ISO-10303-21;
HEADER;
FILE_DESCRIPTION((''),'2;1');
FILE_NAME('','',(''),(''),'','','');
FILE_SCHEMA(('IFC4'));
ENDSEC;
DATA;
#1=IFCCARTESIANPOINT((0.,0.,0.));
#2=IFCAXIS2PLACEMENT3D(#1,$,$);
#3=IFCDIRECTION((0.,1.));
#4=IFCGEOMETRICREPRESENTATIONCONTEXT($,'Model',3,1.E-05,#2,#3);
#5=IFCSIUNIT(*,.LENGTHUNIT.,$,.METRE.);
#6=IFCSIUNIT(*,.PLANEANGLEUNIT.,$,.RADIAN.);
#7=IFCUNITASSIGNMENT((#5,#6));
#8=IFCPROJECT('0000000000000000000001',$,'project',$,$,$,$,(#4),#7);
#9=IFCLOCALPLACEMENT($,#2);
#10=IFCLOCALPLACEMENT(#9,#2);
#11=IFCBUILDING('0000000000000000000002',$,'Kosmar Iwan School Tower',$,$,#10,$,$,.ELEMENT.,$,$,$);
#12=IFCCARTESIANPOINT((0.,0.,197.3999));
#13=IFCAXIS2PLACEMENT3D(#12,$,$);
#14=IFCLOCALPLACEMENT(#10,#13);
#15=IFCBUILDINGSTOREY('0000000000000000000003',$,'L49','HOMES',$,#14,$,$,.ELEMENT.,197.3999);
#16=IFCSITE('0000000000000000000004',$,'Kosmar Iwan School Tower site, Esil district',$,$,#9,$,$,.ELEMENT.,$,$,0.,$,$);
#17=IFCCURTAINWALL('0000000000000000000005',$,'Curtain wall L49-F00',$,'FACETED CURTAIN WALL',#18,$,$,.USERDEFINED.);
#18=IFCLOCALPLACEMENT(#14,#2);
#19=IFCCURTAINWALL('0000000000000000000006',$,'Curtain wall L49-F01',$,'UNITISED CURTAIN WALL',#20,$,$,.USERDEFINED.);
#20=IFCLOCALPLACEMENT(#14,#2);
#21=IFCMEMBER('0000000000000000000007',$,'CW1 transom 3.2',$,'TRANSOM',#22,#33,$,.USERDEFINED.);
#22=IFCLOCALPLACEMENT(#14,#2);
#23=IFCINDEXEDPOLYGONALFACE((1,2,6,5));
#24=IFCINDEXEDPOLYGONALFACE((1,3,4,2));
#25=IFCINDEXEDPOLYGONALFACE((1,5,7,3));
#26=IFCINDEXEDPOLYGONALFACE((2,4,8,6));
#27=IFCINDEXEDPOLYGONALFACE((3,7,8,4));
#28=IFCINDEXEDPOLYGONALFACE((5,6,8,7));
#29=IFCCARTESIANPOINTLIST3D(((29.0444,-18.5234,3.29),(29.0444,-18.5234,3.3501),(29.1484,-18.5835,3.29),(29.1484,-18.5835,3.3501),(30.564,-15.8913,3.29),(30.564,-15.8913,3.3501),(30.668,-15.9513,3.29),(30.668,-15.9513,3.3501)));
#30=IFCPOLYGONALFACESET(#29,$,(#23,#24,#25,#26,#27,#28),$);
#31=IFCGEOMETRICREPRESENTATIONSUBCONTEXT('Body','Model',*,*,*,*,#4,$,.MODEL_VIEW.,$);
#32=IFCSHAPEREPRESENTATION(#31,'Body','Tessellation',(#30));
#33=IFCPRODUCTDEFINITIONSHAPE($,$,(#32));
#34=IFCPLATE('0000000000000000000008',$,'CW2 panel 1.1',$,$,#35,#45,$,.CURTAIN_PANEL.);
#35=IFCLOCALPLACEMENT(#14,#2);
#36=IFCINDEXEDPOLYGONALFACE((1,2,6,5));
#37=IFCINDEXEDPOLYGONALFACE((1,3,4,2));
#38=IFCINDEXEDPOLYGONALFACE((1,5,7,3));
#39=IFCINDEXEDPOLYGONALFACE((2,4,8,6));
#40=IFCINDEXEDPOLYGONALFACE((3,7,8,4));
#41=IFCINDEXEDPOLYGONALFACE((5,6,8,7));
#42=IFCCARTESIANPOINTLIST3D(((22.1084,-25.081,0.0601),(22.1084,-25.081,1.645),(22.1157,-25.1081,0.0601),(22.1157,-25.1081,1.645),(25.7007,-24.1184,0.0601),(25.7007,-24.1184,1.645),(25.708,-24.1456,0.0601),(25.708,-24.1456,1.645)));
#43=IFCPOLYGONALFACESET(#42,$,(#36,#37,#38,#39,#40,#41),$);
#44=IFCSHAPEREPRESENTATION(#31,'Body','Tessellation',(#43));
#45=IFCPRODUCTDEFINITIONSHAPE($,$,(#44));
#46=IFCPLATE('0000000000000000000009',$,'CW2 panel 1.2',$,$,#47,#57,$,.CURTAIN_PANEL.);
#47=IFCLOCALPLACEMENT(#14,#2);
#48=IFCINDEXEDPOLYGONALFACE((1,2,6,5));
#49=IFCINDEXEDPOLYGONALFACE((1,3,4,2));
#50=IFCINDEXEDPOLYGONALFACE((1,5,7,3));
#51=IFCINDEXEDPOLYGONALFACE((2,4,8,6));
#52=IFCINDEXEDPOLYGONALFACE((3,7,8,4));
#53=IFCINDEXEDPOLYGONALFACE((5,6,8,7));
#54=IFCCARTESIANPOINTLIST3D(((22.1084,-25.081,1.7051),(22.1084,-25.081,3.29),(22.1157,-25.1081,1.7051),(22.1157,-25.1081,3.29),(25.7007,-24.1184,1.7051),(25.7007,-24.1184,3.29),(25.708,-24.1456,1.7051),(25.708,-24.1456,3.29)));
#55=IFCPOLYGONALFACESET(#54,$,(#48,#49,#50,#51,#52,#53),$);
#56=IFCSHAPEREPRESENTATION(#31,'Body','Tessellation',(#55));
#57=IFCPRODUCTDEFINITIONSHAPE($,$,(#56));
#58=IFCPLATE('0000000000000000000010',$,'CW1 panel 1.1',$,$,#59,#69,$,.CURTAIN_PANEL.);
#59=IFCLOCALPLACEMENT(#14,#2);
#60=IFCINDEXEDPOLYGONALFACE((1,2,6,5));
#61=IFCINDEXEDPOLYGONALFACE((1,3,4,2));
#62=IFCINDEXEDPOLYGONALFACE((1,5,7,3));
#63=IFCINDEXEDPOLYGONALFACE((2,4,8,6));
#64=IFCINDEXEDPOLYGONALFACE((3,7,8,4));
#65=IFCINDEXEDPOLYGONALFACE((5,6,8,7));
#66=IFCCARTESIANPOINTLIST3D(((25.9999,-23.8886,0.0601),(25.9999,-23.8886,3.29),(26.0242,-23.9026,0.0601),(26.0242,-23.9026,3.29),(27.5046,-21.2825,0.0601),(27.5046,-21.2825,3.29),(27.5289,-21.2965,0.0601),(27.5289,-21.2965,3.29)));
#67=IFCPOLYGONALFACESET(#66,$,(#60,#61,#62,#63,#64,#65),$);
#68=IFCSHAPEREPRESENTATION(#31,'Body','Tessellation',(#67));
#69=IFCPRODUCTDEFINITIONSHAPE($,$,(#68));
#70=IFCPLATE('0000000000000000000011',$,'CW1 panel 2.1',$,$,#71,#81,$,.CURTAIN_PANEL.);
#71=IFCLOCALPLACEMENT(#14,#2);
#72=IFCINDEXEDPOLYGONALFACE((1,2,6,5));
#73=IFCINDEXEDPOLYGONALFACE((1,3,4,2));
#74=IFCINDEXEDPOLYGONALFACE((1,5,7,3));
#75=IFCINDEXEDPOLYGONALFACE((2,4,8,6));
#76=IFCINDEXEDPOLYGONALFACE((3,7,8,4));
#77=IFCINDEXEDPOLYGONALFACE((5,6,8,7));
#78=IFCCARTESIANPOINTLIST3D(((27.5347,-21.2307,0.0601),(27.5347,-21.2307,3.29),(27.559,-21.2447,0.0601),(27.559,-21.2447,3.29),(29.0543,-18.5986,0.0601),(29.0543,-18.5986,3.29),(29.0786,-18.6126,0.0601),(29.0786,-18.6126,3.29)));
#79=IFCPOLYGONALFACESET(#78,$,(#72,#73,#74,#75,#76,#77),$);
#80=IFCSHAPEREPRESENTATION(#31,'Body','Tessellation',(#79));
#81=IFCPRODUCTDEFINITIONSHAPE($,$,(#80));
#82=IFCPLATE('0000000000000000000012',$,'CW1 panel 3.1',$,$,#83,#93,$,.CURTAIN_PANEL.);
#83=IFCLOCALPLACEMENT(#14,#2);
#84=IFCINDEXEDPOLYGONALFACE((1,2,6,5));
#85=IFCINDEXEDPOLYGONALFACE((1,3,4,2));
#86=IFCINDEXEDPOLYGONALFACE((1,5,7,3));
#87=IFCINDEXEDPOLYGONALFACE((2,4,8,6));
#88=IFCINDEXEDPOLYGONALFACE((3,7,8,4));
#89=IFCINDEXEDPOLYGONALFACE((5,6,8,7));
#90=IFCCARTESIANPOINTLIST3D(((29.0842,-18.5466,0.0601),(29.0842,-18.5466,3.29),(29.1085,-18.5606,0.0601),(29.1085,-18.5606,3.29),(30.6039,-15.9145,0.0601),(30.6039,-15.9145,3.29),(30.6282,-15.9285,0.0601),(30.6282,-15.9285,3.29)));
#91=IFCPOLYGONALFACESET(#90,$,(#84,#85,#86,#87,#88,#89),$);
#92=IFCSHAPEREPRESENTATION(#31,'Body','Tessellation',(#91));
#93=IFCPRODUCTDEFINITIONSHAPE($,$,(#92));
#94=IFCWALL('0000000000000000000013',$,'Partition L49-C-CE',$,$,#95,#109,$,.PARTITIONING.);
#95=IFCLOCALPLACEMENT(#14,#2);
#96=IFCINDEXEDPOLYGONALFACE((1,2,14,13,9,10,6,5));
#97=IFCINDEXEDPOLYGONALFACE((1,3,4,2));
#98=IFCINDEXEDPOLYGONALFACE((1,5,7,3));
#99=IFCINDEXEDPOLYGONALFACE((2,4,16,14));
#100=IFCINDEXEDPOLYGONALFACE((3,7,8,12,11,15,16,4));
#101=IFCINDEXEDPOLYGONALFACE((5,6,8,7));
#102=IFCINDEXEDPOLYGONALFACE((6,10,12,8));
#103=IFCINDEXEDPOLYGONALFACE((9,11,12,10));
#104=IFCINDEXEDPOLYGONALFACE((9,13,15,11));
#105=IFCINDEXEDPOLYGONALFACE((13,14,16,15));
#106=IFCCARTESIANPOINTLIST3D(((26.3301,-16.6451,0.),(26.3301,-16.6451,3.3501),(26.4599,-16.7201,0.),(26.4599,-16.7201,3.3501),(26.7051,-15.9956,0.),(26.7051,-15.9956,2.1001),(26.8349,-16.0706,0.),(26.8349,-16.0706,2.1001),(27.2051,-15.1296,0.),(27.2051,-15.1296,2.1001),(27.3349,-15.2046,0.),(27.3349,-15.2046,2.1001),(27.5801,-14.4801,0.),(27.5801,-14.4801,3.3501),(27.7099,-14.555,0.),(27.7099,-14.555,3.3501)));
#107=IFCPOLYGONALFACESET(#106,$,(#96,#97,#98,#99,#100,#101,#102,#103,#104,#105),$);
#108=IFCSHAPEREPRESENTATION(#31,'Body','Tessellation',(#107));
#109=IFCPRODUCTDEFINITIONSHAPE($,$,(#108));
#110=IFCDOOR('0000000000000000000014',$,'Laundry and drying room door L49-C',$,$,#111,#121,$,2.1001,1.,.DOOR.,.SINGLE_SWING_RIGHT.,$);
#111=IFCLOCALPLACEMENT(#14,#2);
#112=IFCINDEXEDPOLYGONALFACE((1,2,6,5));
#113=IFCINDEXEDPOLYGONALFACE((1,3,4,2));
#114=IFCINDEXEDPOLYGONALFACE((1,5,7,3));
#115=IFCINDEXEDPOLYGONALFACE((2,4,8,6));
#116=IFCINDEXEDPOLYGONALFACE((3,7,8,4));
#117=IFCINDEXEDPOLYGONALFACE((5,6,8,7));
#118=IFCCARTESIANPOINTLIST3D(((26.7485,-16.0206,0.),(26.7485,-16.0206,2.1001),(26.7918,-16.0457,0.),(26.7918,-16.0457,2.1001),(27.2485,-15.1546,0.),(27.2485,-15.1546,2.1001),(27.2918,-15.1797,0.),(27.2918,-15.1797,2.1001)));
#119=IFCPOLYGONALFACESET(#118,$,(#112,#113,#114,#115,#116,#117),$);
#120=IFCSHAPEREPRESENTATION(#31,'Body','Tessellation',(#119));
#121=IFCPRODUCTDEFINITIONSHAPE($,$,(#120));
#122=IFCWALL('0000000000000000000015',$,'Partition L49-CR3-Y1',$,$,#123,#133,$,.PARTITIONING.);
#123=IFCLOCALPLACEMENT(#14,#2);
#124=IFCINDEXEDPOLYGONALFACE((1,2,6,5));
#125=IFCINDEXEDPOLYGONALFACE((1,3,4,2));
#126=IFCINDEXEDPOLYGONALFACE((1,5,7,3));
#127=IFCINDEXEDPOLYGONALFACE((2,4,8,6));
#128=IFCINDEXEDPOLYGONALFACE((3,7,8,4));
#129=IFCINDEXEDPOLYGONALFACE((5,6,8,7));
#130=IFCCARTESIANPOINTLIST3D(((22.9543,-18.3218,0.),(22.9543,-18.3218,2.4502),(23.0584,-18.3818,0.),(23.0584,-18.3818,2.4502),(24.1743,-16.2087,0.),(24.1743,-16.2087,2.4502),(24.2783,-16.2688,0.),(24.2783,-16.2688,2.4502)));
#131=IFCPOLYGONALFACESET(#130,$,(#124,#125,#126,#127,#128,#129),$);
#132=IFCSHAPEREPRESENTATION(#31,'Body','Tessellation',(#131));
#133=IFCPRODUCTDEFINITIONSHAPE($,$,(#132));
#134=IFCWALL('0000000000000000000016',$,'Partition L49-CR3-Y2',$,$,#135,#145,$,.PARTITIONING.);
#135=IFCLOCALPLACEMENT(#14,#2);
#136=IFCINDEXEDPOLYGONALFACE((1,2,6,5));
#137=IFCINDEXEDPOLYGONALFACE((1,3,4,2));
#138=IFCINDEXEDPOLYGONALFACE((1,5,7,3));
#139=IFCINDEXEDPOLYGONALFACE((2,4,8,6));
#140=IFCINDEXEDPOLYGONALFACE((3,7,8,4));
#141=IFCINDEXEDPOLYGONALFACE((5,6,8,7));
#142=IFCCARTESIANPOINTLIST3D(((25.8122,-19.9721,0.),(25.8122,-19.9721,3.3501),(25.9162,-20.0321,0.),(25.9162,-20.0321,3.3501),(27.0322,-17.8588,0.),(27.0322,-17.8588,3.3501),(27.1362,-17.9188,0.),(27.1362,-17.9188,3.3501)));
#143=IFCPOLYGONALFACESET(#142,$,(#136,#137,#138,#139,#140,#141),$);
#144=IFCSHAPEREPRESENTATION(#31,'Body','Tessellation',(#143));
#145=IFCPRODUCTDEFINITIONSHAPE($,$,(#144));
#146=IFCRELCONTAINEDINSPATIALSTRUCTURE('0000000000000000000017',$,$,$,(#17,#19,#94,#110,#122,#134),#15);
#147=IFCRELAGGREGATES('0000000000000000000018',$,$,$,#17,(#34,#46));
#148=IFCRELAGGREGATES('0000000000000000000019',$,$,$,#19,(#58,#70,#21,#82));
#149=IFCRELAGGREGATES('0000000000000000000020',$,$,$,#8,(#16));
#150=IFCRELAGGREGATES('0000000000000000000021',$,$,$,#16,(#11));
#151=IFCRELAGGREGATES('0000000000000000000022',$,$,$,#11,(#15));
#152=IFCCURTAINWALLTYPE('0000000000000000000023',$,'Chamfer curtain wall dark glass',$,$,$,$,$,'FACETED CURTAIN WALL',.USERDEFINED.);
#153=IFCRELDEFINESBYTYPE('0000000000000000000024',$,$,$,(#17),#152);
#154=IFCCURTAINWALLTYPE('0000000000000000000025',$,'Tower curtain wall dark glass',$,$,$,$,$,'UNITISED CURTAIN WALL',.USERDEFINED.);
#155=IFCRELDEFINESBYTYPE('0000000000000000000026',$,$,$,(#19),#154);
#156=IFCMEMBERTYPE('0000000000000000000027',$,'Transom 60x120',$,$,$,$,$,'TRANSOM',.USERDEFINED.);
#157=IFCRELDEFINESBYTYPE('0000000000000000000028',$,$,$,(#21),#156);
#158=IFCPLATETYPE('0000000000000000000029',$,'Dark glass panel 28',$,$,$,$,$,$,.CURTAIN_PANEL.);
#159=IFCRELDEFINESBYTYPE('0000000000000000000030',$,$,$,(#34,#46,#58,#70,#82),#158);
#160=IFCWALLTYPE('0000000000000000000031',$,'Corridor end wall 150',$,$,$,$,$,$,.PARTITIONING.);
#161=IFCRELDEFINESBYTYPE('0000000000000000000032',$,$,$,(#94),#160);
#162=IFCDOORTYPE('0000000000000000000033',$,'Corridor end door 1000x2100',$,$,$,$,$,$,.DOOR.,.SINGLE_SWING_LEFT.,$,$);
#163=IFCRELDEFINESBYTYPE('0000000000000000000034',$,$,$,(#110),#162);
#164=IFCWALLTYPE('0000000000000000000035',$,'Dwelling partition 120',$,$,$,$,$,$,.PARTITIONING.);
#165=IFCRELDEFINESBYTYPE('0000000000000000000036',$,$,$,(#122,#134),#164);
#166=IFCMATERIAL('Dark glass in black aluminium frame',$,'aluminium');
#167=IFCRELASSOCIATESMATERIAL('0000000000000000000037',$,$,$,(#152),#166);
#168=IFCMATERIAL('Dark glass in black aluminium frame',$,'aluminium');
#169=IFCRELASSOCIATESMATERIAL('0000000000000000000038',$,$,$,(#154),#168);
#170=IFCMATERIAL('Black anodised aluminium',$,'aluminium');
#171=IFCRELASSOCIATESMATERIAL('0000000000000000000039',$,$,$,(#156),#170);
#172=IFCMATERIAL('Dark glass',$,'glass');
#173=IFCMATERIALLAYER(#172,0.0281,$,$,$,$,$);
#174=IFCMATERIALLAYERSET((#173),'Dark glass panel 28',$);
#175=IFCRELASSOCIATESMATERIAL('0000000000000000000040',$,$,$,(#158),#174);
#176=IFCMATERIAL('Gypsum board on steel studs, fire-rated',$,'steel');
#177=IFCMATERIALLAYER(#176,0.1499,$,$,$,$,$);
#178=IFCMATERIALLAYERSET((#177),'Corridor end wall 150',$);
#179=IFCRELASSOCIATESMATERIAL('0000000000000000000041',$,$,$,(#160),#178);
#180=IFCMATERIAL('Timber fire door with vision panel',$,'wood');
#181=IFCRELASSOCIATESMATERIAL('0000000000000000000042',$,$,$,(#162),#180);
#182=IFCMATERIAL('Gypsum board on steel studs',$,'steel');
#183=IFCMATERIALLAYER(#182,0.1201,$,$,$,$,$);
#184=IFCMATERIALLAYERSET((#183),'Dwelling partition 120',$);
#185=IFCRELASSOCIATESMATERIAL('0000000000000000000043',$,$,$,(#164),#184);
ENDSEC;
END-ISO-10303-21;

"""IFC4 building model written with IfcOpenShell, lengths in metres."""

from ifc_helpers import new_model, si_unit, direction, frame, frame_2d, origin, origin_2d, place, context, subcontext, project, spatial, rectangle, extrude, material, layer, layer_set, material_profile, profile_set, type_object, element, fill, aggregate, save


model = new_model("IFC4")

# Units and contexts
model_context = context("Model", 3, precision=1e-05, world=origin(), true_north=direction((0.0, 1.0)))
body_context = subcontext(model_context, "Body", "Model", "MODEL_VIEW")
ifc_project = project(units=[si_unit("LENGTHUNIT", "METRE"), si_unit("PLANEANGLEUNIT", "RADIAN")], contexts=[model_context])

# Site, building, storey
site_placement = place(None, origin())
site = spatial("IfcSite", under=ifc_project, at=site_placement, Name="Kosmar Iwan School Tower site, Esil district", CompositionType="ELEMENT", RefElevation=0.0)
building_placement = place(site_placement, origin())
building = spatial("IfcBuilding", under=site, at=building_placement, Name="Kosmar Iwan School Tower", CompositionType="ELEMENT")
storey_placement = place(building_placement, frame((0.0, 0.0, 197.3999)))
storey = spatial("IfcBuildingStorey", under=building, at=storey_placement, Name="L49", Description="HOMES", CompositionType="ELEMENT", Elevation=197.3999)

# Curtain wall
ifc_material_1 = material(Name="Dark glass in black aluminium frame", Category="aluminium")
curtain_wall_type_1 = type_object("IfcCurtainWallType", Name="Chamfer curtain wall dark glass", ElementType="FACETED CURTAIN WALL", PredefinedType="USERDEFINED", material=ifc_material_1)
curtain_wall_1_placement = place(storey_placement, origin())
curtain_wall_1 = element("IfcCurtainWall", 1, at=curtain_wall_1_placement, inside=storey, type_object=curtain_wall_type_1, Name="Curtain wall L49-F00", ObjectType="FACETED CURTAIN WALL", PredefinedType="USERDEFINED")

# Curtain wall
ifc_material_2 = material(Name="Dark glass in black aluminium frame", Category="aluminium")
curtain_wall_type_2 = type_object("IfcCurtainWallType", Name="Tower curtain wall dark glass", ElementType="UNITISED CURTAIN WALL", PredefinedType="USERDEFINED", material=ifc_material_2)
curtain_wall_2_placement = place(storey_placement, origin())
curtain_wall_2 = element("IfcCurtainWall", 2, at=curtain_wall_2_placement, inside=storey, type_object=curtain_wall_type_2, Name="Curtain wall L49-F01", ObjectType="UNITISED CURTAIN WALL", PredefinedType="USERDEFINED")

# Member
ifc_material_3 = material(Name="Black anodised aluminium", Category="aluminium")
ifc_material_profile_1 = material_profile(ifc_material_3, rectangle(XDim=0.1201, YDim=0.0601, at=origin_2d()), Name="TRANSOM 60x120")
ifc_profile_set_1 = profile_set([ifc_material_profile_1], Name="Black anodised aluminium")
member_type_1 = type_object("IfcMemberType", Name="Transom 60x120", ElementType="TRANSOM", PredefinedType="USERDEFINED", material=ifc_profile_set_1)
member_1_placement = place(storey_placement, frame((29.0964, -18.5535, 3.3201), z_axis=(0.499975, 0.86604, 0.0), x_axis=(-0.86604, 0.499975, 0.0)))
member_1 = element("IfcMember", 3, at=member_1_placement, type_object=member_type_1, Name="CW1 transom 3.2", ObjectType="TRANSOM", PredefinedType="USERDEFINED", context=body_context, shape_type="SweptSolid", body=[
    extrude(rectangle(XDim=0.1201, YDim=0.0601, at=origin_2d()), origin(), (0.0, 0.0, 1.0), 3.0393),
])

# Plates
ifc_material_4 = material(Name="Dark glass", Category="glass")
ifc_layer_1 = layer(ifc_material_4, 0.0281)
ifc_layer_set_1 = layer_set([ifc_layer_1], Name="Dark glass panel 28")
plate_type = type_object("IfcPlateType", Name="Dark glass panel 28", PredefinedType="CURTAIN_PANEL", material=ifc_layer_set_1)
plate_1_placement = place(storey_placement, frame((23.9082, -24.6133, 0.0601), z_axis=(0.0, 0.0, 1.0), x_axis=(0.965926, 0.258819, 0.0)))
plate_1 = element("IfcPlate", 4, at=plate_1_placement, type_object=plate_type, Name="CW2 panel 1.1", PredefinedType="CURTAIN_PANEL", context=body_context, shape_type="SweptSolid", body=[
    extrude(rectangle(XDim=3.719, YDim=0.0281, at=origin_2d()), origin(), (0.0, 0.0, 1.0), 1.585),
])
plate_2_placement = place(storey_placement, frame((23.9082, -24.6133, 1.7051), z_axis=(0.0, 0.0, 1.0), x_axis=(0.965926, 0.258819, 0.0)))
plate_2 = element("IfcPlate", 5, at=plate_2_placement, type_object=plate_type, Name="CW2 panel 1.2", PredefinedType="CURTAIN_PANEL", context=body_context, shape_type="SweptSolid", body=[
    extrude(rectangle(XDim=3.719, YDim=0.0281, at=origin_2d()), origin(), (0.0, 0.0, 1.0), 1.585),
])
aggregate(curtain_wall_1, [plate_1, plate_2])
plate_3_placement = place(storey_placement, frame((26.7644, -22.5925, 0.0601), z_axis=(0.0, 0.0, 1.0), x_axis=(0.5, 0.866025, 0.0)))
plate_3 = element("IfcPlate", 6, at=plate_3_placement, type_object=plate_type, Name="CW1 panel 1.1", PredefinedType="CURTAIN_PANEL", context=body_context, shape_type="SweptSolid", body=[
    extrude(rectangle(XDim=3.0093, YDim=0.0281, at=origin_2d()), origin(), (0.0, 0.0, 1.0), 3.23),
])
plate_4_placement = place(storey_placement, frame((28.3066, -19.9216, 0.0601), z_axis=(0.0, 0.0, 1.0), x_axis=(0.5, 0.866025, 0.0)))
plate_4 = element("IfcPlate", 7, at=plate_4_placement, type_object=plate_type, Name="CW1 panel 2.1", PredefinedType="CURTAIN_PANEL", context=body_context, shape_type="SweptSolid", body=[
    extrude(rectangle(XDim=3.0393, YDim=0.0281, at=origin_2d()), origin(), (0.0, 0.0, 1.0), 3.23),
])
plate_5_placement = place(storey_placement, frame((29.8562, -17.2375, 0.0601), z_axis=(0.0, 0.0, 1.0), x_axis=(0.5, 0.866025, 0.0)))
plate_5 = element("IfcPlate", 8, at=plate_5_placement, type_object=plate_type, Name="CW1 panel 3.1", PredefinedType="CURTAIN_PANEL", context=body_context, shape_type="SweptSolid", body=[
    extrude(rectangle(XDim=3.0393, YDim=0.0281, at=origin_2d()), origin(), (0.0, 0.0, 1.0), 3.23),
])
aggregate(curtain_wall_2, [plate_3, plate_4, member_1, plate_5])

# Wall, opening, door
ifc_material_5 = material(Name="Gypsum board on steel studs, fire-rated", Category="steel")
ifc_layer_2 = layer(ifc_material_5, 0.1499)
ifc_layer_set_2 = layer_set([ifc_layer_2], Name="Corridor end wall 150")
wall_type_1 = type_object("IfcWallType", Name="Corridor end wall 150", PredefinedType="PARTITIONING", material=ifc_layer_set_2)
wall_1_placement = place(storey_placement, frame((26.395, -16.6826, 0.0), z_axis=(0.0, 0.0, 1.0), x_axis=(0.500004, 0.866023, 0.0)))
wall_1 = element("IfcWall", 9, at=wall_1_placement, inside=storey, type_object=wall_type_1, Name="Partition L49-C-CE", PredefinedType="PARTITIONING", context=body_context, shape_type="SweptSolid", body=[
    extrude(rectangle(XDim=2.5, YDim=0.1499, at=frame_2d((1.25, 0.0))), origin(), (0.0, 0.0, 1.0), 3.3501),
])
opening_placement = place(wall_1_placement, frame((0.75, 0.0, 0.0)))
opening = element("IfcOpeningElement", 10, at=opening_placement, cuts=wall_1, PredefinedType="OPENING", context=body_context, shape_type="SweptSolid", body=[
    extrude(rectangle(XDim=1.0, YDim=2.1001, at=frame_2d((0.5, 1.05))), frame((0.0, 0.0869, 0.0), z_axis=(0.0, -1.0, 0.0), x_axis=(1.0, 0.0, 0.0)), (0.0, 0.0, 1.0), 0.1738),
])
ifc_material_6 = material(Name="Timber fire door with vision panel", Category="wood")
door_type = type_object("IfcDoorType", Name="Corridor end door 1000x2100", OperationType="SINGLE_SWING_LEFT", PredefinedType="DOOR", material=ifc_material_6)
door_placement = place(opening_placement, origin())
door = element("IfcDoor", 11, at=door_placement, inside=storey, type_object=door_type, Name="Laundry and drying room door L49-C", OperationType="SINGLE_SWING_RIGHT", OverallHeight=2.1001, OverallWidth=1.0, PredefinedType="DOOR", context=body_context, shape_type="SweptSolid", body=[
    extrude(rectangle(XDim=1.0, YDim=2.1001, at=frame_2d((0.5, 1.05))), frame((0.0, 0.0249, 0.0), z_axis=(0.0, -1.0, 0.0), x_axis=(1.0, 0.0, 0.0)), (0.0, 0.0, 1.0), 0.05),
])
fill(opening, door)

# Walls
ifc_material_7 = material(Name="Gypsum board on steel studs", Category="steel")
ifc_layer_3 = layer(ifc_material_7, 0.1201)
ifc_layer_set_3 = layer_set([ifc_layer_3], Name="Dwelling partition 120")
wall_type_2 = type_object("IfcWallType", Name="Dwelling partition 120", PredefinedType="PARTITIONING", material=ifc_layer_set_3)
wall_2_placement = place(storey_placement, frame((24.2263, -16.2388, 0.0), z_axis=(0.0, 0.0, 1.0), x_axis=(-0.500003, -0.866024, 0.0)))
element("IfcWall", 12, at=wall_2_placement, inside=storey, type_object=wall_type_2, Name="Partition L49-CR3-Y1", PredefinedType="PARTITIONING", context=body_context, shape_type="SweptSolid", body=[
    extrude(rectangle(XDim=2.4399, YDim=0.1201, at=frame_2d((1.22, 0.0))), origin(), (0.0, 0.0, 1.0), 2.4502),
])
wall_3_placement = place(storey_placement, frame((27.0842, -17.8887, 0.0), z_axis=(0.0, 0.0, 1.0), x_axis=(-0.499959, -0.866049, 0.0)))
element("IfcWall", 13, at=wall_3_placement, inside=storey, type_object=wall_type_2, Name="Partition L49-CR3-Y2", PredefinedType="PARTITIONING", context=body_context, shape_type="SweptSolid", body=[
    extrude(rectangle(XDim=2.4402, YDim=0.1201, at=frame_2d((1.2202, 0.0))), origin(), (0.0, 0.0, 1.0), 3.3501),
])

save(model, "model.ifc")
